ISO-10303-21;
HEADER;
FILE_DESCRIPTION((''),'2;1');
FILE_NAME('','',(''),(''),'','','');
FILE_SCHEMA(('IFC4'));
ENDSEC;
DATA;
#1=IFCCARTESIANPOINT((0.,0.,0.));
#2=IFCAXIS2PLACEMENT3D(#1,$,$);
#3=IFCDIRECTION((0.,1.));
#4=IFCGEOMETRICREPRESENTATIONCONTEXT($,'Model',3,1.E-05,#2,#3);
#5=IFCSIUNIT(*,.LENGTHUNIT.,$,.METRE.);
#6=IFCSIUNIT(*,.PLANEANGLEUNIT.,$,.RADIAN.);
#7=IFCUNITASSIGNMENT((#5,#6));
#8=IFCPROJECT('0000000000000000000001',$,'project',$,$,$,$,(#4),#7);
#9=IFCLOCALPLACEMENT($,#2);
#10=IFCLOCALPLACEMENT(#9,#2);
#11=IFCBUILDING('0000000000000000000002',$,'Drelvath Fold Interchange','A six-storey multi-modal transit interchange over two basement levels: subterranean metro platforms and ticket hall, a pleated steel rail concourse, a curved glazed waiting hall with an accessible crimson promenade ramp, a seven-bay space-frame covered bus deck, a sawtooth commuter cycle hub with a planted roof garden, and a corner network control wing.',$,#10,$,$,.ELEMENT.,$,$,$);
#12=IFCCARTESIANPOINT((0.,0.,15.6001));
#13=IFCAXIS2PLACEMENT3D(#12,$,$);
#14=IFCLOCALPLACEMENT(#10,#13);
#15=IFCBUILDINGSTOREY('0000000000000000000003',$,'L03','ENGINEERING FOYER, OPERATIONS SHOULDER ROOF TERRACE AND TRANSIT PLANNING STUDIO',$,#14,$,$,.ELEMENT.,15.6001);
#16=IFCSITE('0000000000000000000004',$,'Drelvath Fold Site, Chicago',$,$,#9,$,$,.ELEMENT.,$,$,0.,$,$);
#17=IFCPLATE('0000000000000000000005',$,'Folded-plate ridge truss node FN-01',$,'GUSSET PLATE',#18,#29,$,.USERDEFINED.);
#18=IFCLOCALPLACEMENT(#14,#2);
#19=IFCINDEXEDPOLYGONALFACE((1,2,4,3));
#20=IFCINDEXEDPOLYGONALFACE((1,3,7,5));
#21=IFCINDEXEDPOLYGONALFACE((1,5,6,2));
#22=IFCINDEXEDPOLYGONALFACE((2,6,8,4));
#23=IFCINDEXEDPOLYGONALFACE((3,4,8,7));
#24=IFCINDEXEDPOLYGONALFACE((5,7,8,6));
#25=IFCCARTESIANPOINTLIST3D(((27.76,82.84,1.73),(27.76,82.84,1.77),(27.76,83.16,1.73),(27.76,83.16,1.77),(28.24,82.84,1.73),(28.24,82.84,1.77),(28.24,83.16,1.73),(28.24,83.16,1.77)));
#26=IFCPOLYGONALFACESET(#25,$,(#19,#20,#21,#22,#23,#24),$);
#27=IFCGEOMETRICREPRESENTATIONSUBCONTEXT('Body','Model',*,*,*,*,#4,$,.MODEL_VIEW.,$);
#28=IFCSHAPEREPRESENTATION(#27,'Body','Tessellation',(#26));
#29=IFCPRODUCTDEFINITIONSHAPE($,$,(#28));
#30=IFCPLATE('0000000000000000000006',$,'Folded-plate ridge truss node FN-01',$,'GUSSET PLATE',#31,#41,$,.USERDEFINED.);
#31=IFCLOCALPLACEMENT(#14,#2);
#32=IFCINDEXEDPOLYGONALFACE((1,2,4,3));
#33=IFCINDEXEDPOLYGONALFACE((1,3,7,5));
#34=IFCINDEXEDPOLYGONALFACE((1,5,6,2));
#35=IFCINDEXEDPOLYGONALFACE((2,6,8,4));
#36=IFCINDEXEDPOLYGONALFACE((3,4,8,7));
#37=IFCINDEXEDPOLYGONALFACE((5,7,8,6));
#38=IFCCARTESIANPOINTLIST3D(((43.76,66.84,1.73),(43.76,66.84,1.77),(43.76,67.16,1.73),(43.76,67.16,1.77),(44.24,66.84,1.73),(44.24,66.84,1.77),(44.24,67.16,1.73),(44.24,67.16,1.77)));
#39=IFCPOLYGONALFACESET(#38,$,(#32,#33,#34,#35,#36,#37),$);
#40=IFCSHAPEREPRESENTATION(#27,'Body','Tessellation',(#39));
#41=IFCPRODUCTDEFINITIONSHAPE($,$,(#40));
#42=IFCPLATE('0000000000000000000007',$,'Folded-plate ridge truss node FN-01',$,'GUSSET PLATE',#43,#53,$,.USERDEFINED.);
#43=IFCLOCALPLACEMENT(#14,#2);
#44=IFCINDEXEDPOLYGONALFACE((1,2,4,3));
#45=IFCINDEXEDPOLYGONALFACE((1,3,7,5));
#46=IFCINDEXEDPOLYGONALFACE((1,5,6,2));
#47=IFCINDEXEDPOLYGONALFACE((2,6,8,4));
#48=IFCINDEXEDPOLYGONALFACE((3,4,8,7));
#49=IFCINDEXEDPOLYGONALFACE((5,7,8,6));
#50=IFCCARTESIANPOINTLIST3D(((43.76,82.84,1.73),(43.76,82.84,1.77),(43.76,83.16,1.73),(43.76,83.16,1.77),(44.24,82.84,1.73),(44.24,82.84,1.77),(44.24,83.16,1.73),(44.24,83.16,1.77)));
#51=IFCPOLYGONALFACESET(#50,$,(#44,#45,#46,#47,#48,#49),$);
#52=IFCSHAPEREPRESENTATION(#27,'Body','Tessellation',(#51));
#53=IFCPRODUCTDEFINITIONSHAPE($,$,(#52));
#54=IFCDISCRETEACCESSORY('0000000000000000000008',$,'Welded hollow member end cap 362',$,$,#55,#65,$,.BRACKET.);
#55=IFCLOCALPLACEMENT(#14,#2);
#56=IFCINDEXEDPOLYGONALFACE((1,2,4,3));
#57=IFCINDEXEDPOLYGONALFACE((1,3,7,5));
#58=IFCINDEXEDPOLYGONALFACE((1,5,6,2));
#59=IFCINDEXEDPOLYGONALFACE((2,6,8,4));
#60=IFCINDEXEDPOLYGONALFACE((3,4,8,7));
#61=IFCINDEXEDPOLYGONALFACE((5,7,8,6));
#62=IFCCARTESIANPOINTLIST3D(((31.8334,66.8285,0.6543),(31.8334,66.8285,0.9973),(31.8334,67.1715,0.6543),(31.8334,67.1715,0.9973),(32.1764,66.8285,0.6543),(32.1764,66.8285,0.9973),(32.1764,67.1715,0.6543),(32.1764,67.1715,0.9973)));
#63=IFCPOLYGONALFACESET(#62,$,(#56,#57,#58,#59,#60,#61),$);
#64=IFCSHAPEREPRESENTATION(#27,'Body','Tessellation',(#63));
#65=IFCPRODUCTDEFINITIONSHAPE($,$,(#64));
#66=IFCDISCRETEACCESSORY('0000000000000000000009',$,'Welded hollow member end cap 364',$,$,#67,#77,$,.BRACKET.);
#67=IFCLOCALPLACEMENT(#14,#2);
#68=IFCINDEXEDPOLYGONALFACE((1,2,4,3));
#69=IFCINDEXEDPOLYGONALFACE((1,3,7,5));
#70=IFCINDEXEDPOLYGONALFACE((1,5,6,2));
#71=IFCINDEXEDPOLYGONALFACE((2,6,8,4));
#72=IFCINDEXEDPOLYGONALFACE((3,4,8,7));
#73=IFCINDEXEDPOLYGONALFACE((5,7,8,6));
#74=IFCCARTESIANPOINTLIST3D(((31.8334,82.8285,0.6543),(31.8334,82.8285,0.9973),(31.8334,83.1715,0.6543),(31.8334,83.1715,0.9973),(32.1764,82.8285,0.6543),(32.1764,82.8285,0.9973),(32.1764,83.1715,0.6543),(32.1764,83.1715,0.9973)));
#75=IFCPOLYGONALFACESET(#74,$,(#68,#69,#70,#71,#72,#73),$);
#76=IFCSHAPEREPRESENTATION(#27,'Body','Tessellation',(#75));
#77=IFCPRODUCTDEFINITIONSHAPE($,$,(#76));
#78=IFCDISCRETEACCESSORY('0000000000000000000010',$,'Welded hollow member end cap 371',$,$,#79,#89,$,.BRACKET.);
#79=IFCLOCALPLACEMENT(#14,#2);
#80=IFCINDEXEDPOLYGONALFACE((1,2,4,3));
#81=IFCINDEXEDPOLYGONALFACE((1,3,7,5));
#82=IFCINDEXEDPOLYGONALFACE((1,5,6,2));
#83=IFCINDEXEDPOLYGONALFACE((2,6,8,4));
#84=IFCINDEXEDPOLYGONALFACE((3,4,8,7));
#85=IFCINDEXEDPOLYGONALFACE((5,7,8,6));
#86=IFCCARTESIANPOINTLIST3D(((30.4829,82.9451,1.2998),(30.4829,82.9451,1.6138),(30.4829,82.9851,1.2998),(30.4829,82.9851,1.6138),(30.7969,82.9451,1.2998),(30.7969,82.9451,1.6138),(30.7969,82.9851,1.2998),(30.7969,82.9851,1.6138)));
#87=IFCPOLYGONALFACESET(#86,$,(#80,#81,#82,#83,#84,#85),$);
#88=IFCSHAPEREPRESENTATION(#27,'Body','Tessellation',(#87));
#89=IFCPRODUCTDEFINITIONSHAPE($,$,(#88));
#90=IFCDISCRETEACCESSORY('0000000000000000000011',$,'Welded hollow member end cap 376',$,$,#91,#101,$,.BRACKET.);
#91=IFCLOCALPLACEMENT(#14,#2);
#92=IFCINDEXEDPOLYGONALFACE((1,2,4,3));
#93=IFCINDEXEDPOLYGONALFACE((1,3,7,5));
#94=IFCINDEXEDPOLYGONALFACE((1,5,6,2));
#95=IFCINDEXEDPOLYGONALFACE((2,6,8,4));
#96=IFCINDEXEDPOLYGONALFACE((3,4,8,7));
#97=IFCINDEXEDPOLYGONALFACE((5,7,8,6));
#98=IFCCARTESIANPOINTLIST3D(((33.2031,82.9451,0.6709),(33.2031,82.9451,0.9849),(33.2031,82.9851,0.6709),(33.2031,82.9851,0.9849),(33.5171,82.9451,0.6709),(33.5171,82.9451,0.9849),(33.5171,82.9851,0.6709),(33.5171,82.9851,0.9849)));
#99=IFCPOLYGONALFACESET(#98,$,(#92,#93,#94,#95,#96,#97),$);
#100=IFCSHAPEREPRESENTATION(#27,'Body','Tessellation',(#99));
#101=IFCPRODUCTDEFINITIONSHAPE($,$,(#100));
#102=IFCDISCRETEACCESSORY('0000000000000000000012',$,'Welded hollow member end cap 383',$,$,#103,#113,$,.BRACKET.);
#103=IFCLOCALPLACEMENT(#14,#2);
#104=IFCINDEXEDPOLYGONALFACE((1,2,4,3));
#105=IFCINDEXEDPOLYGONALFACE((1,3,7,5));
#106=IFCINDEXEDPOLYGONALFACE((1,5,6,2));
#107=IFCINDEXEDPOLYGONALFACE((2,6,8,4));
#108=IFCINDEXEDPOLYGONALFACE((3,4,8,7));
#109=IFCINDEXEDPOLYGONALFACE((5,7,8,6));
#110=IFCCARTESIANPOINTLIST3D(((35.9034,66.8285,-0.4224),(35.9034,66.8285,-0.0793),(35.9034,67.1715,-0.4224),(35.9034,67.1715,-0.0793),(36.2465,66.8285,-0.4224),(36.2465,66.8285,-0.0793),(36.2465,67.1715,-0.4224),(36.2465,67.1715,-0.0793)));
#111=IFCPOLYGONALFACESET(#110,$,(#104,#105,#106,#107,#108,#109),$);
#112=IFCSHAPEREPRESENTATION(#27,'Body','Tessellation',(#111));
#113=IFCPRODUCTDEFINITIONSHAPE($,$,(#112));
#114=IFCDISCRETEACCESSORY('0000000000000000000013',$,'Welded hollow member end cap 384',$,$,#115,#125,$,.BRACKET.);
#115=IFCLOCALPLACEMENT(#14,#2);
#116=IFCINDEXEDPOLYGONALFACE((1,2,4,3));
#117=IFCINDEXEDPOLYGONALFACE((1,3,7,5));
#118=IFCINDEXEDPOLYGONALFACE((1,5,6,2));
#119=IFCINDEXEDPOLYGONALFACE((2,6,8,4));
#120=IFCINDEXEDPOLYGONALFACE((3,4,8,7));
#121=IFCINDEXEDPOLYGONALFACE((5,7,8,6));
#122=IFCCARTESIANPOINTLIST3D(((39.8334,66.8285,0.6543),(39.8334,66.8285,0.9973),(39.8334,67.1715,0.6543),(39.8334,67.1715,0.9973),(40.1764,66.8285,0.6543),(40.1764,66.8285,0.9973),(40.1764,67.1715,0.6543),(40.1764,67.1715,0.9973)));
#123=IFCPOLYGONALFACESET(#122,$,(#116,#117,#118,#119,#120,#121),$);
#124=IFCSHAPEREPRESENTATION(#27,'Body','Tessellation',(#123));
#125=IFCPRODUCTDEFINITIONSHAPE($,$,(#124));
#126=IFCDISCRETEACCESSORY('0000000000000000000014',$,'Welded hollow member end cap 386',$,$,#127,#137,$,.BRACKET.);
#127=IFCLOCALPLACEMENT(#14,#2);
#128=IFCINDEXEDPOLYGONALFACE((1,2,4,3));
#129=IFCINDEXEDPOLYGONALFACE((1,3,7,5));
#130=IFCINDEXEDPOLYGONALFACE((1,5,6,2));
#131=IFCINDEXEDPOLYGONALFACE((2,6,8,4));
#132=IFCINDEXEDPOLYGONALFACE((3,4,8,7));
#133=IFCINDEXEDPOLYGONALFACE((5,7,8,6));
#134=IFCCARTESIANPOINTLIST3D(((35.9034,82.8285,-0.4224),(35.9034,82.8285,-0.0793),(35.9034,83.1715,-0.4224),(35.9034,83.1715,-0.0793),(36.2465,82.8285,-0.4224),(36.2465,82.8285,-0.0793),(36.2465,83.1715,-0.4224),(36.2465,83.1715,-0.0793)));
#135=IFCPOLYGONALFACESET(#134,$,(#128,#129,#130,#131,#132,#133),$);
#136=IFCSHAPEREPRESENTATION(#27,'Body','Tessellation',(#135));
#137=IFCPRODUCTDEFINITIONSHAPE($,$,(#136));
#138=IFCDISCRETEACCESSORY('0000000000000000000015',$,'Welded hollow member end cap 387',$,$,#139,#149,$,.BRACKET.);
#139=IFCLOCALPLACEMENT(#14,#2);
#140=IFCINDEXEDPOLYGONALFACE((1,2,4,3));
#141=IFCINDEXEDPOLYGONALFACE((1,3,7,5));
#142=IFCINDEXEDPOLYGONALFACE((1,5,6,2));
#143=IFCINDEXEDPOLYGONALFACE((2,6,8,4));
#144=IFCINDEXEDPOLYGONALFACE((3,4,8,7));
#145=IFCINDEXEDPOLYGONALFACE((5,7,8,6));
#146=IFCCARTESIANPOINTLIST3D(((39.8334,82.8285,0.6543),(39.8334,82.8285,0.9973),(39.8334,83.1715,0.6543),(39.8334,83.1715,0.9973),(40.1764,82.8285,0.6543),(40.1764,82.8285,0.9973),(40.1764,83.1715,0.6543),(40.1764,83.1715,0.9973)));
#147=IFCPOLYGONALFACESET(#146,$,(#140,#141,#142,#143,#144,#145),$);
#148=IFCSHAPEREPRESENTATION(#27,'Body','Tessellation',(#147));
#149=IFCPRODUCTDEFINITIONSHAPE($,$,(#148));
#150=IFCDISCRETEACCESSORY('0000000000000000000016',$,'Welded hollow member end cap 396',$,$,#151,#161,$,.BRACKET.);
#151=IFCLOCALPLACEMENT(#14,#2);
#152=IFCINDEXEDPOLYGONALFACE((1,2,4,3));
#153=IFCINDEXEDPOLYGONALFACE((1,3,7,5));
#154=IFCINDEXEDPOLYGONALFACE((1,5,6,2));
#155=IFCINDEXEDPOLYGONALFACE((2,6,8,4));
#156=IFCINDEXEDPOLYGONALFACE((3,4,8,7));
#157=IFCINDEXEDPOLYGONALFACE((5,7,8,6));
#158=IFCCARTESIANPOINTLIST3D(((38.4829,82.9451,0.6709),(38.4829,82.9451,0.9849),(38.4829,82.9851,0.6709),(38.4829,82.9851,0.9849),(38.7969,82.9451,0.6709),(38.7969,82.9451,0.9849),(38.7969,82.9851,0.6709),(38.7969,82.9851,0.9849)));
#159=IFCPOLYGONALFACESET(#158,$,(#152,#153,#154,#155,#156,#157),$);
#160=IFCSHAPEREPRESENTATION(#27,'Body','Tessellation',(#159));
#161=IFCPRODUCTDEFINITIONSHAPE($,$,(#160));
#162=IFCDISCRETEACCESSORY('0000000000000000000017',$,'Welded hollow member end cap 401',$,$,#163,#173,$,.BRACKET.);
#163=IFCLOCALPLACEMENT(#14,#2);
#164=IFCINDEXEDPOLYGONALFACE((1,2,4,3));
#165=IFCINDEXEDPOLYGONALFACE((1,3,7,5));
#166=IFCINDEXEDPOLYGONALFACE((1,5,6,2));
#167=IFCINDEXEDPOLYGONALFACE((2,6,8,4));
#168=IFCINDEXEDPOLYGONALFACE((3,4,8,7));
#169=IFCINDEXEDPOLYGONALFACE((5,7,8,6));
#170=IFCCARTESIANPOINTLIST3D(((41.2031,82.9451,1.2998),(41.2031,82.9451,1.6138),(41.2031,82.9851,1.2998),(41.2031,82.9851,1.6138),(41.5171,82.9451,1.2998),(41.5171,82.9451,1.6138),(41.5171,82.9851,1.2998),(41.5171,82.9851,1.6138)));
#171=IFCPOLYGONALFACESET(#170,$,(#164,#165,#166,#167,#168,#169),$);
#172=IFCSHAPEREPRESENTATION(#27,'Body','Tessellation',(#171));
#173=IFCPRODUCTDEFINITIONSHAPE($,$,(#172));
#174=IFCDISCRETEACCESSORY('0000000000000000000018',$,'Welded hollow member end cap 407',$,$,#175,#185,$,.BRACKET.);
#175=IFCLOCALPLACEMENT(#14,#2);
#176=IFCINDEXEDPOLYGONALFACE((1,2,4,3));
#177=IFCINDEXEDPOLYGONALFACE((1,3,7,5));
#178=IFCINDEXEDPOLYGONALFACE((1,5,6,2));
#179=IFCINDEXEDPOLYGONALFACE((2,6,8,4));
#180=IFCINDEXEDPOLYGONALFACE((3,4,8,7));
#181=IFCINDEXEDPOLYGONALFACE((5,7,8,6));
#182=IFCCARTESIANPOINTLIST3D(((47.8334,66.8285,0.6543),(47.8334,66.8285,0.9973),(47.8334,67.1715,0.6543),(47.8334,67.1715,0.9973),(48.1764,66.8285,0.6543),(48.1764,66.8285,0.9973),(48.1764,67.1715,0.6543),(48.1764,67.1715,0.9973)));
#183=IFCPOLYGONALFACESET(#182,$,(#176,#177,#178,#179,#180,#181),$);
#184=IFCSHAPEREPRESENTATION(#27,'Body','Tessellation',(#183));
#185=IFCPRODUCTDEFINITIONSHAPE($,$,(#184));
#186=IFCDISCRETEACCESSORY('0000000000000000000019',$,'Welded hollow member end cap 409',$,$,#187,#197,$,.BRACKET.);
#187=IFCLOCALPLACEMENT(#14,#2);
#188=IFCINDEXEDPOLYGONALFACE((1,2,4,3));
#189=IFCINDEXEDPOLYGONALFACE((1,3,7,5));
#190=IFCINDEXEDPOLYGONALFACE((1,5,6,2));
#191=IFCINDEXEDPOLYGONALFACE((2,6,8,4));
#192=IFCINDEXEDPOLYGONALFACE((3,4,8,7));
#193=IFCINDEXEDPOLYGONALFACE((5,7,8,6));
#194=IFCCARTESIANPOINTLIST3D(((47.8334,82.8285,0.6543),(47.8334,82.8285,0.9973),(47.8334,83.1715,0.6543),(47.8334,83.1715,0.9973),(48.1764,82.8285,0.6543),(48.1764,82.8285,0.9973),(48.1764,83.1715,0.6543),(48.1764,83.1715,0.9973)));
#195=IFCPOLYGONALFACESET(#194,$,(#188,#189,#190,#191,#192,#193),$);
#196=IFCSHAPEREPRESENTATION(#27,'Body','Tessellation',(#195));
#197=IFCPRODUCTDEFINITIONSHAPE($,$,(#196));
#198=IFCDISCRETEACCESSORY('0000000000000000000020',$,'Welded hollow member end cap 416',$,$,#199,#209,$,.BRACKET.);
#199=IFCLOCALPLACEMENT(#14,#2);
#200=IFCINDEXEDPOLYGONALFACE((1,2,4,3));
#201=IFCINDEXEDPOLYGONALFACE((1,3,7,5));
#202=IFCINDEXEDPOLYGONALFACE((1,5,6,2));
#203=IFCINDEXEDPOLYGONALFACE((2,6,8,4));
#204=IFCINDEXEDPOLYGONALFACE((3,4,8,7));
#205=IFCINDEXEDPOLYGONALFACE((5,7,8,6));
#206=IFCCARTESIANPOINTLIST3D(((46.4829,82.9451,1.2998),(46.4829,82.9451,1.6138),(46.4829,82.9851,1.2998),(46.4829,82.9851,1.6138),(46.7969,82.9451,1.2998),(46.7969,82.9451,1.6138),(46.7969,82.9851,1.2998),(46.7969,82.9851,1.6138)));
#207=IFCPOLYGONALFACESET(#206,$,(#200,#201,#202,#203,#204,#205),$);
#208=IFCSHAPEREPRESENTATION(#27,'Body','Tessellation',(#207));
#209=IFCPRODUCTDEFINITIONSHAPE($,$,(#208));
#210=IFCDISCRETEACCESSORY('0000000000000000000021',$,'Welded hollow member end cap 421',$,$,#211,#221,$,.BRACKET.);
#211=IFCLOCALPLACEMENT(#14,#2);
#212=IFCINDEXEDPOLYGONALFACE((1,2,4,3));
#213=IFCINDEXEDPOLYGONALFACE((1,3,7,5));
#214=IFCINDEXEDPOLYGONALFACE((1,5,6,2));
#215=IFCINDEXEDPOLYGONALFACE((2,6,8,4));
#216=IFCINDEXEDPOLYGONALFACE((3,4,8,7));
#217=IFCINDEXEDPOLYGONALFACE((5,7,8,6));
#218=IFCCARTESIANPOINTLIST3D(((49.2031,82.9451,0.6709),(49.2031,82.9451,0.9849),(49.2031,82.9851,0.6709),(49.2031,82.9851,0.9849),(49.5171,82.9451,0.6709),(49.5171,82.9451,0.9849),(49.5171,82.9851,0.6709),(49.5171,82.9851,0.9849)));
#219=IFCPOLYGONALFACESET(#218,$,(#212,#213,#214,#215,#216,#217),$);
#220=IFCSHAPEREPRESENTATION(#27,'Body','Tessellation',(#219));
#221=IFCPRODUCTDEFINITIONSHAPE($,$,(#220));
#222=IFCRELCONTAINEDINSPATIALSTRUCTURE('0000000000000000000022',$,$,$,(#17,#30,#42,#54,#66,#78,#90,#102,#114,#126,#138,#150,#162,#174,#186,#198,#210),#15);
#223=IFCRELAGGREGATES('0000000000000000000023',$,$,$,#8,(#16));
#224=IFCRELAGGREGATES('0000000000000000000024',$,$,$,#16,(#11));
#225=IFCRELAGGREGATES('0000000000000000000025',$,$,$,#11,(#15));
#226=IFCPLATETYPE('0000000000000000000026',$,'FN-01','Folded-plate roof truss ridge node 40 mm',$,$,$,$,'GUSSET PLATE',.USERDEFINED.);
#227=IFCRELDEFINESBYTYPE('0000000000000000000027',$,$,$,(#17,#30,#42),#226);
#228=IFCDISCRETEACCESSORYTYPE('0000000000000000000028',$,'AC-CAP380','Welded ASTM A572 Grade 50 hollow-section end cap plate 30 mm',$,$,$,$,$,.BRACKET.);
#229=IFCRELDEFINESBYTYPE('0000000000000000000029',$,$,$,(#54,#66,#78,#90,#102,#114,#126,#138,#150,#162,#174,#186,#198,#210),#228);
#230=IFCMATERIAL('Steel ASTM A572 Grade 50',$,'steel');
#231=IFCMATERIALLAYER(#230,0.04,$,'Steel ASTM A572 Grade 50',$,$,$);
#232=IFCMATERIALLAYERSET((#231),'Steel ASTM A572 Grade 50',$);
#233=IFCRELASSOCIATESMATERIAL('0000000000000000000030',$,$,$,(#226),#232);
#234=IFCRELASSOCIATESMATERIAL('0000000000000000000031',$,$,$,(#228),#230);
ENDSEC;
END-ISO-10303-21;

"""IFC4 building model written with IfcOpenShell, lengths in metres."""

from ifc_helpers import new_model, si_unit, direction, frame, origin, origin_2d, place, context, subcontext, project, spatial, rectangle, extrude, material, layer, layer_set, type_object, element, save


model = new_model("IFC4")

# Units and contexts
model_context = context("Model", 3, precision=1e-05, world=origin(), true_north=direction((0.0, 1.0)))
body_context = subcontext(model_context, "Body", "Model", "MODEL_VIEW")
ifc_project = project(units=[si_unit("LENGTHUNIT", "METRE"), si_unit("PLANEANGLEUNIT", "RADIAN")], contexts=[model_context])

# Site, building, storey
site_placement = place(None, origin())
site = spatial("IfcSite", under=ifc_project, at=site_placement, Name="Drelvath Fold Site, Chicago", CompositionType="ELEMENT", RefElevation=0.0)
building_placement = place(site_placement, origin())
building = spatial("IfcBuilding", under=site, at=building_placement, Name="Drelvath Fold Interchange", Description="A six-storey multi-modal transit interchange over two basement levels: subterranean metro platforms and ticket hall, a pleated steel rail concourse, a curved glazed waiting hall with an accessible crimson promenade ramp, a seven-bay space-frame covered bus deck, a sawtooth commuter cycle hub with a planted roof garden, and a corner network control wing.", CompositionType="ELEMENT")
storey_placement = place(building_placement, frame((0.0, 0.0, 15.6001)))
storey = spatial("IfcBuildingStorey", under=building, at=storey_placement, Name="L03", Description="ENGINEERING FOYER, OPERATIONS SHOULDER ROOF TERRACE AND TRANSIT PLANNING STUDIO", CompositionType="ELEMENT", Elevation=15.6001)

# Plates
ifc_material_1 = material(Name="Steel ASTM A572 Grade 50", Category="steel")
ifc_layer = layer(ifc_material_1, 0.04, Name="Steel ASTM A572 Grade 50")
ifc_layer_set = layer_set([ifc_layer], Name="Steel ASTM A572 Grade 50")
plate_type = type_object("IfcPlateType", Name="FN-01", Description="Folded-plate roof truss ridge node 40 mm", ElementType="GUSSET PLATE", PredefinedType="USERDEFINED", material=ifc_layer_set)
for number, where, z_axis, x_axis, name in (
    (1, (28.0, 83.0, 1.73), (0.0, 0.0, 1.0), (1.0, 0.0, 0.0), "Folded-plate ridge truss node FN-01"),
    (2, (44.0, 67.0, 1.73), (0.0, 0.0, 1.0), (1.0, 0.0, 0.0), "Folded-plate ridge truss node FN-01"),
    (3, (44.0, 83.0, 1.73), (0.0, 0.0, 1.0), (1.0, 0.0, 0.0), "Folded-plate ridge truss node FN-01"),
):
    element("IfcPlate", number, at=place(storey_placement, frame(where, z_axis=z_axis, x_axis=x_axis)), inside=storey, type_object=plate_type, Name=name, ObjectType="GUSSET PLATE", PredefinedType="USERDEFINED", context=body_context, shape_type="SweptSolid", body=[
        extrude(rectangle(XDim=0.48, YDim=0.3201, at=origin_2d()), origin(), (0.0, 0.0, 1.0), 0.04),
    ])

# Discrete accessories
discrete_accessory_type = type_object("IfcDiscreteAccessoryType", Name="AC-CAP380", Description="Welded ASTM A572 Grade 50 hollow-section end cap plate 30 mm", PredefinedType="BRACKET", material=ifc_material_1)
for number, where, z_axis, x_axis, name in (
    (4, (32.0049, 67.0, 0.6543), (0.0, 0.0, 1.0), (1.0, 0.0, 0.0), "Welded hollow member end cap 362"),
    (5, (32.0049, 83.0, 0.6543), (0.0, 0.0, 1.0), (1.0, 0.0, 0.0), "Welded hollow member end cap 364"),
):
    element("IfcDiscreteAccessory", number, at=place(storey_placement, frame(where, z_axis=z_axis, x_axis=x_axis)), inside=storey, type_object=discrete_accessory_type, Name=name, PredefinedType="BRACKET", context=body_context, shape_type="SweptSolid", body=[
        extrude(rectangle(XDim=0.343, YDim=0.343, at=origin_2d()), origin(), (0.0, 0.0, 1.0), 0.343),
    ])
for number, where, z_axis, x_axis, name in (
    (6, (30.6399, 82.9651, 1.2998), (0.0, 0.0, 1.0), (1.0, 0.0, 0.0), "Welded hollow member end cap 371"),
    (7, (33.3601, 82.9651, 0.6709), (0.0, 0.0, 1.0), (1.0, 0.0, 0.0), "Welded hollow member end cap 376"),
):
    element("IfcDiscreteAccessory", number, at=place(storey_placement, frame(where, z_axis=z_axis, x_axis=x_axis)), inside=storey, type_object=discrete_accessory_type, Name=name, PredefinedType="BRACKET", context=body_context, shape_type="SweptSolid", body=[
        extrude(rectangle(XDim=0.314, YDim=0.04, at=origin_2d()), origin(), (0.0, 0.0, 1.0), 0.314),
    ])
for number, where, z_axis, x_axis, name in (
    (8, (36.075, 67.0, -0.4224), (0.0, 0.0, 1.0), (1.0, 0.0, 0.0), "Welded hollow member end cap 383"),
    (9, (40.0049, 67.0, 0.6543), (0.0, 0.0, 1.0), (1.0, 0.0, 0.0), "Welded hollow member end cap 384"),
    (10, (36.075, 83.0, -0.4224), (0.0, 0.0, 1.0), (1.0, 0.0, 0.0), "Welded hollow member end cap 386"),
    (11, (40.0049, 83.0, 0.6543), (0.0, 0.0, 1.0), (1.0, 0.0, 0.0), "Welded hollow member end cap 387"),
):
    element("IfcDiscreteAccessory", number, at=place(storey_placement, frame(where, z_axis=z_axis, x_axis=x_axis)), inside=storey, type_object=discrete_accessory_type, Name=name, PredefinedType="BRACKET", context=body_context, shape_type="SweptSolid", body=[
        extrude(rectangle(XDim=0.343, YDim=0.343, at=origin_2d()), origin(), (0.0, 0.0, 1.0), 0.343),
    ])
for number, where, z_axis, x_axis, name in (
    (12, (38.6399, 82.9651, 0.6709), (0.0, 0.0, 1.0), (1.0, 0.0, 0.0), "Welded hollow member end cap 396"),
    (13, (41.3601, 82.9651, 1.2998), (0.0, 0.0, 1.0), (1.0, 0.0, 0.0), "Welded hollow member end cap 401"),
):
    element("IfcDiscreteAccessory", number, at=place(storey_placement, frame(where, z_axis=z_axis, x_axis=x_axis)), inside=storey, type_object=discrete_accessory_type, Name=name, PredefinedType="BRACKET", context=body_context, shape_type="SweptSolid", body=[
        extrude(rectangle(XDim=0.314, YDim=0.04, at=origin_2d()), origin(), (0.0, 0.0, 1.0), 0.314),
    ])
for number, where, z_axis, x_axis, name in (
    (14, (48.0049, 67.0, 0.6543), (0.0, 0.0, 1.0), (1.0, 0.0, 0.0), "Welded hollow member end cap 407"),
    (15, (48.0049, 83.0, 0.6543), (0.0, 0.0, 1.0), (1.0, 0.0, 0.0), "Welded hollow member end cap 409"),
):
    element("IfcDiscreteAccessory", number, at=place(storey_placement, frame(where, z_axis=z_axis, x_axis=x_axis)), inside=storey, type_object=discrete_accessory_type, Name=name, PredefinedType="BRACKET", context=body_context, shape_type="SweptSolid", body=[
        extrude(rectangle(XDim=0.343, YDim=0.343, at=origin_2d()), origin(), (0.0, 0.0, 1.0), 0.343),
    ])
for number, where, z_axis, x_axis, name in (
    (16, (46.6399, 82.9651, 1.2998), (0.0, 0.0, 1.0), (1.0, 0.0, 0.0), "Welded hollow member end cap 416"),
    (17, (49.3601, 82.9651, 0.6709), (0.0, 0.0, 1.0), (1.0, 0.0, 0.0), "Welded hollow member end cap 421"),
):
    element("IfcDiscreteAccessory", number, at=place(storey_placement, frame(where, z_axis=z_axis, x_axis=x_axis)), inside=storey, type_object=discrete_accessory_type, Name=name, PredefinedType="BRACKET", context=body_context, shape_type="SweptSolid", body=[
        extrude(rectangle(XDim=0.314, YDim=0.04, at=origin_2d()), origin(), (0.0, 0.0, 1.0), 0.314),
    ])

save(model, "model.ifc")
